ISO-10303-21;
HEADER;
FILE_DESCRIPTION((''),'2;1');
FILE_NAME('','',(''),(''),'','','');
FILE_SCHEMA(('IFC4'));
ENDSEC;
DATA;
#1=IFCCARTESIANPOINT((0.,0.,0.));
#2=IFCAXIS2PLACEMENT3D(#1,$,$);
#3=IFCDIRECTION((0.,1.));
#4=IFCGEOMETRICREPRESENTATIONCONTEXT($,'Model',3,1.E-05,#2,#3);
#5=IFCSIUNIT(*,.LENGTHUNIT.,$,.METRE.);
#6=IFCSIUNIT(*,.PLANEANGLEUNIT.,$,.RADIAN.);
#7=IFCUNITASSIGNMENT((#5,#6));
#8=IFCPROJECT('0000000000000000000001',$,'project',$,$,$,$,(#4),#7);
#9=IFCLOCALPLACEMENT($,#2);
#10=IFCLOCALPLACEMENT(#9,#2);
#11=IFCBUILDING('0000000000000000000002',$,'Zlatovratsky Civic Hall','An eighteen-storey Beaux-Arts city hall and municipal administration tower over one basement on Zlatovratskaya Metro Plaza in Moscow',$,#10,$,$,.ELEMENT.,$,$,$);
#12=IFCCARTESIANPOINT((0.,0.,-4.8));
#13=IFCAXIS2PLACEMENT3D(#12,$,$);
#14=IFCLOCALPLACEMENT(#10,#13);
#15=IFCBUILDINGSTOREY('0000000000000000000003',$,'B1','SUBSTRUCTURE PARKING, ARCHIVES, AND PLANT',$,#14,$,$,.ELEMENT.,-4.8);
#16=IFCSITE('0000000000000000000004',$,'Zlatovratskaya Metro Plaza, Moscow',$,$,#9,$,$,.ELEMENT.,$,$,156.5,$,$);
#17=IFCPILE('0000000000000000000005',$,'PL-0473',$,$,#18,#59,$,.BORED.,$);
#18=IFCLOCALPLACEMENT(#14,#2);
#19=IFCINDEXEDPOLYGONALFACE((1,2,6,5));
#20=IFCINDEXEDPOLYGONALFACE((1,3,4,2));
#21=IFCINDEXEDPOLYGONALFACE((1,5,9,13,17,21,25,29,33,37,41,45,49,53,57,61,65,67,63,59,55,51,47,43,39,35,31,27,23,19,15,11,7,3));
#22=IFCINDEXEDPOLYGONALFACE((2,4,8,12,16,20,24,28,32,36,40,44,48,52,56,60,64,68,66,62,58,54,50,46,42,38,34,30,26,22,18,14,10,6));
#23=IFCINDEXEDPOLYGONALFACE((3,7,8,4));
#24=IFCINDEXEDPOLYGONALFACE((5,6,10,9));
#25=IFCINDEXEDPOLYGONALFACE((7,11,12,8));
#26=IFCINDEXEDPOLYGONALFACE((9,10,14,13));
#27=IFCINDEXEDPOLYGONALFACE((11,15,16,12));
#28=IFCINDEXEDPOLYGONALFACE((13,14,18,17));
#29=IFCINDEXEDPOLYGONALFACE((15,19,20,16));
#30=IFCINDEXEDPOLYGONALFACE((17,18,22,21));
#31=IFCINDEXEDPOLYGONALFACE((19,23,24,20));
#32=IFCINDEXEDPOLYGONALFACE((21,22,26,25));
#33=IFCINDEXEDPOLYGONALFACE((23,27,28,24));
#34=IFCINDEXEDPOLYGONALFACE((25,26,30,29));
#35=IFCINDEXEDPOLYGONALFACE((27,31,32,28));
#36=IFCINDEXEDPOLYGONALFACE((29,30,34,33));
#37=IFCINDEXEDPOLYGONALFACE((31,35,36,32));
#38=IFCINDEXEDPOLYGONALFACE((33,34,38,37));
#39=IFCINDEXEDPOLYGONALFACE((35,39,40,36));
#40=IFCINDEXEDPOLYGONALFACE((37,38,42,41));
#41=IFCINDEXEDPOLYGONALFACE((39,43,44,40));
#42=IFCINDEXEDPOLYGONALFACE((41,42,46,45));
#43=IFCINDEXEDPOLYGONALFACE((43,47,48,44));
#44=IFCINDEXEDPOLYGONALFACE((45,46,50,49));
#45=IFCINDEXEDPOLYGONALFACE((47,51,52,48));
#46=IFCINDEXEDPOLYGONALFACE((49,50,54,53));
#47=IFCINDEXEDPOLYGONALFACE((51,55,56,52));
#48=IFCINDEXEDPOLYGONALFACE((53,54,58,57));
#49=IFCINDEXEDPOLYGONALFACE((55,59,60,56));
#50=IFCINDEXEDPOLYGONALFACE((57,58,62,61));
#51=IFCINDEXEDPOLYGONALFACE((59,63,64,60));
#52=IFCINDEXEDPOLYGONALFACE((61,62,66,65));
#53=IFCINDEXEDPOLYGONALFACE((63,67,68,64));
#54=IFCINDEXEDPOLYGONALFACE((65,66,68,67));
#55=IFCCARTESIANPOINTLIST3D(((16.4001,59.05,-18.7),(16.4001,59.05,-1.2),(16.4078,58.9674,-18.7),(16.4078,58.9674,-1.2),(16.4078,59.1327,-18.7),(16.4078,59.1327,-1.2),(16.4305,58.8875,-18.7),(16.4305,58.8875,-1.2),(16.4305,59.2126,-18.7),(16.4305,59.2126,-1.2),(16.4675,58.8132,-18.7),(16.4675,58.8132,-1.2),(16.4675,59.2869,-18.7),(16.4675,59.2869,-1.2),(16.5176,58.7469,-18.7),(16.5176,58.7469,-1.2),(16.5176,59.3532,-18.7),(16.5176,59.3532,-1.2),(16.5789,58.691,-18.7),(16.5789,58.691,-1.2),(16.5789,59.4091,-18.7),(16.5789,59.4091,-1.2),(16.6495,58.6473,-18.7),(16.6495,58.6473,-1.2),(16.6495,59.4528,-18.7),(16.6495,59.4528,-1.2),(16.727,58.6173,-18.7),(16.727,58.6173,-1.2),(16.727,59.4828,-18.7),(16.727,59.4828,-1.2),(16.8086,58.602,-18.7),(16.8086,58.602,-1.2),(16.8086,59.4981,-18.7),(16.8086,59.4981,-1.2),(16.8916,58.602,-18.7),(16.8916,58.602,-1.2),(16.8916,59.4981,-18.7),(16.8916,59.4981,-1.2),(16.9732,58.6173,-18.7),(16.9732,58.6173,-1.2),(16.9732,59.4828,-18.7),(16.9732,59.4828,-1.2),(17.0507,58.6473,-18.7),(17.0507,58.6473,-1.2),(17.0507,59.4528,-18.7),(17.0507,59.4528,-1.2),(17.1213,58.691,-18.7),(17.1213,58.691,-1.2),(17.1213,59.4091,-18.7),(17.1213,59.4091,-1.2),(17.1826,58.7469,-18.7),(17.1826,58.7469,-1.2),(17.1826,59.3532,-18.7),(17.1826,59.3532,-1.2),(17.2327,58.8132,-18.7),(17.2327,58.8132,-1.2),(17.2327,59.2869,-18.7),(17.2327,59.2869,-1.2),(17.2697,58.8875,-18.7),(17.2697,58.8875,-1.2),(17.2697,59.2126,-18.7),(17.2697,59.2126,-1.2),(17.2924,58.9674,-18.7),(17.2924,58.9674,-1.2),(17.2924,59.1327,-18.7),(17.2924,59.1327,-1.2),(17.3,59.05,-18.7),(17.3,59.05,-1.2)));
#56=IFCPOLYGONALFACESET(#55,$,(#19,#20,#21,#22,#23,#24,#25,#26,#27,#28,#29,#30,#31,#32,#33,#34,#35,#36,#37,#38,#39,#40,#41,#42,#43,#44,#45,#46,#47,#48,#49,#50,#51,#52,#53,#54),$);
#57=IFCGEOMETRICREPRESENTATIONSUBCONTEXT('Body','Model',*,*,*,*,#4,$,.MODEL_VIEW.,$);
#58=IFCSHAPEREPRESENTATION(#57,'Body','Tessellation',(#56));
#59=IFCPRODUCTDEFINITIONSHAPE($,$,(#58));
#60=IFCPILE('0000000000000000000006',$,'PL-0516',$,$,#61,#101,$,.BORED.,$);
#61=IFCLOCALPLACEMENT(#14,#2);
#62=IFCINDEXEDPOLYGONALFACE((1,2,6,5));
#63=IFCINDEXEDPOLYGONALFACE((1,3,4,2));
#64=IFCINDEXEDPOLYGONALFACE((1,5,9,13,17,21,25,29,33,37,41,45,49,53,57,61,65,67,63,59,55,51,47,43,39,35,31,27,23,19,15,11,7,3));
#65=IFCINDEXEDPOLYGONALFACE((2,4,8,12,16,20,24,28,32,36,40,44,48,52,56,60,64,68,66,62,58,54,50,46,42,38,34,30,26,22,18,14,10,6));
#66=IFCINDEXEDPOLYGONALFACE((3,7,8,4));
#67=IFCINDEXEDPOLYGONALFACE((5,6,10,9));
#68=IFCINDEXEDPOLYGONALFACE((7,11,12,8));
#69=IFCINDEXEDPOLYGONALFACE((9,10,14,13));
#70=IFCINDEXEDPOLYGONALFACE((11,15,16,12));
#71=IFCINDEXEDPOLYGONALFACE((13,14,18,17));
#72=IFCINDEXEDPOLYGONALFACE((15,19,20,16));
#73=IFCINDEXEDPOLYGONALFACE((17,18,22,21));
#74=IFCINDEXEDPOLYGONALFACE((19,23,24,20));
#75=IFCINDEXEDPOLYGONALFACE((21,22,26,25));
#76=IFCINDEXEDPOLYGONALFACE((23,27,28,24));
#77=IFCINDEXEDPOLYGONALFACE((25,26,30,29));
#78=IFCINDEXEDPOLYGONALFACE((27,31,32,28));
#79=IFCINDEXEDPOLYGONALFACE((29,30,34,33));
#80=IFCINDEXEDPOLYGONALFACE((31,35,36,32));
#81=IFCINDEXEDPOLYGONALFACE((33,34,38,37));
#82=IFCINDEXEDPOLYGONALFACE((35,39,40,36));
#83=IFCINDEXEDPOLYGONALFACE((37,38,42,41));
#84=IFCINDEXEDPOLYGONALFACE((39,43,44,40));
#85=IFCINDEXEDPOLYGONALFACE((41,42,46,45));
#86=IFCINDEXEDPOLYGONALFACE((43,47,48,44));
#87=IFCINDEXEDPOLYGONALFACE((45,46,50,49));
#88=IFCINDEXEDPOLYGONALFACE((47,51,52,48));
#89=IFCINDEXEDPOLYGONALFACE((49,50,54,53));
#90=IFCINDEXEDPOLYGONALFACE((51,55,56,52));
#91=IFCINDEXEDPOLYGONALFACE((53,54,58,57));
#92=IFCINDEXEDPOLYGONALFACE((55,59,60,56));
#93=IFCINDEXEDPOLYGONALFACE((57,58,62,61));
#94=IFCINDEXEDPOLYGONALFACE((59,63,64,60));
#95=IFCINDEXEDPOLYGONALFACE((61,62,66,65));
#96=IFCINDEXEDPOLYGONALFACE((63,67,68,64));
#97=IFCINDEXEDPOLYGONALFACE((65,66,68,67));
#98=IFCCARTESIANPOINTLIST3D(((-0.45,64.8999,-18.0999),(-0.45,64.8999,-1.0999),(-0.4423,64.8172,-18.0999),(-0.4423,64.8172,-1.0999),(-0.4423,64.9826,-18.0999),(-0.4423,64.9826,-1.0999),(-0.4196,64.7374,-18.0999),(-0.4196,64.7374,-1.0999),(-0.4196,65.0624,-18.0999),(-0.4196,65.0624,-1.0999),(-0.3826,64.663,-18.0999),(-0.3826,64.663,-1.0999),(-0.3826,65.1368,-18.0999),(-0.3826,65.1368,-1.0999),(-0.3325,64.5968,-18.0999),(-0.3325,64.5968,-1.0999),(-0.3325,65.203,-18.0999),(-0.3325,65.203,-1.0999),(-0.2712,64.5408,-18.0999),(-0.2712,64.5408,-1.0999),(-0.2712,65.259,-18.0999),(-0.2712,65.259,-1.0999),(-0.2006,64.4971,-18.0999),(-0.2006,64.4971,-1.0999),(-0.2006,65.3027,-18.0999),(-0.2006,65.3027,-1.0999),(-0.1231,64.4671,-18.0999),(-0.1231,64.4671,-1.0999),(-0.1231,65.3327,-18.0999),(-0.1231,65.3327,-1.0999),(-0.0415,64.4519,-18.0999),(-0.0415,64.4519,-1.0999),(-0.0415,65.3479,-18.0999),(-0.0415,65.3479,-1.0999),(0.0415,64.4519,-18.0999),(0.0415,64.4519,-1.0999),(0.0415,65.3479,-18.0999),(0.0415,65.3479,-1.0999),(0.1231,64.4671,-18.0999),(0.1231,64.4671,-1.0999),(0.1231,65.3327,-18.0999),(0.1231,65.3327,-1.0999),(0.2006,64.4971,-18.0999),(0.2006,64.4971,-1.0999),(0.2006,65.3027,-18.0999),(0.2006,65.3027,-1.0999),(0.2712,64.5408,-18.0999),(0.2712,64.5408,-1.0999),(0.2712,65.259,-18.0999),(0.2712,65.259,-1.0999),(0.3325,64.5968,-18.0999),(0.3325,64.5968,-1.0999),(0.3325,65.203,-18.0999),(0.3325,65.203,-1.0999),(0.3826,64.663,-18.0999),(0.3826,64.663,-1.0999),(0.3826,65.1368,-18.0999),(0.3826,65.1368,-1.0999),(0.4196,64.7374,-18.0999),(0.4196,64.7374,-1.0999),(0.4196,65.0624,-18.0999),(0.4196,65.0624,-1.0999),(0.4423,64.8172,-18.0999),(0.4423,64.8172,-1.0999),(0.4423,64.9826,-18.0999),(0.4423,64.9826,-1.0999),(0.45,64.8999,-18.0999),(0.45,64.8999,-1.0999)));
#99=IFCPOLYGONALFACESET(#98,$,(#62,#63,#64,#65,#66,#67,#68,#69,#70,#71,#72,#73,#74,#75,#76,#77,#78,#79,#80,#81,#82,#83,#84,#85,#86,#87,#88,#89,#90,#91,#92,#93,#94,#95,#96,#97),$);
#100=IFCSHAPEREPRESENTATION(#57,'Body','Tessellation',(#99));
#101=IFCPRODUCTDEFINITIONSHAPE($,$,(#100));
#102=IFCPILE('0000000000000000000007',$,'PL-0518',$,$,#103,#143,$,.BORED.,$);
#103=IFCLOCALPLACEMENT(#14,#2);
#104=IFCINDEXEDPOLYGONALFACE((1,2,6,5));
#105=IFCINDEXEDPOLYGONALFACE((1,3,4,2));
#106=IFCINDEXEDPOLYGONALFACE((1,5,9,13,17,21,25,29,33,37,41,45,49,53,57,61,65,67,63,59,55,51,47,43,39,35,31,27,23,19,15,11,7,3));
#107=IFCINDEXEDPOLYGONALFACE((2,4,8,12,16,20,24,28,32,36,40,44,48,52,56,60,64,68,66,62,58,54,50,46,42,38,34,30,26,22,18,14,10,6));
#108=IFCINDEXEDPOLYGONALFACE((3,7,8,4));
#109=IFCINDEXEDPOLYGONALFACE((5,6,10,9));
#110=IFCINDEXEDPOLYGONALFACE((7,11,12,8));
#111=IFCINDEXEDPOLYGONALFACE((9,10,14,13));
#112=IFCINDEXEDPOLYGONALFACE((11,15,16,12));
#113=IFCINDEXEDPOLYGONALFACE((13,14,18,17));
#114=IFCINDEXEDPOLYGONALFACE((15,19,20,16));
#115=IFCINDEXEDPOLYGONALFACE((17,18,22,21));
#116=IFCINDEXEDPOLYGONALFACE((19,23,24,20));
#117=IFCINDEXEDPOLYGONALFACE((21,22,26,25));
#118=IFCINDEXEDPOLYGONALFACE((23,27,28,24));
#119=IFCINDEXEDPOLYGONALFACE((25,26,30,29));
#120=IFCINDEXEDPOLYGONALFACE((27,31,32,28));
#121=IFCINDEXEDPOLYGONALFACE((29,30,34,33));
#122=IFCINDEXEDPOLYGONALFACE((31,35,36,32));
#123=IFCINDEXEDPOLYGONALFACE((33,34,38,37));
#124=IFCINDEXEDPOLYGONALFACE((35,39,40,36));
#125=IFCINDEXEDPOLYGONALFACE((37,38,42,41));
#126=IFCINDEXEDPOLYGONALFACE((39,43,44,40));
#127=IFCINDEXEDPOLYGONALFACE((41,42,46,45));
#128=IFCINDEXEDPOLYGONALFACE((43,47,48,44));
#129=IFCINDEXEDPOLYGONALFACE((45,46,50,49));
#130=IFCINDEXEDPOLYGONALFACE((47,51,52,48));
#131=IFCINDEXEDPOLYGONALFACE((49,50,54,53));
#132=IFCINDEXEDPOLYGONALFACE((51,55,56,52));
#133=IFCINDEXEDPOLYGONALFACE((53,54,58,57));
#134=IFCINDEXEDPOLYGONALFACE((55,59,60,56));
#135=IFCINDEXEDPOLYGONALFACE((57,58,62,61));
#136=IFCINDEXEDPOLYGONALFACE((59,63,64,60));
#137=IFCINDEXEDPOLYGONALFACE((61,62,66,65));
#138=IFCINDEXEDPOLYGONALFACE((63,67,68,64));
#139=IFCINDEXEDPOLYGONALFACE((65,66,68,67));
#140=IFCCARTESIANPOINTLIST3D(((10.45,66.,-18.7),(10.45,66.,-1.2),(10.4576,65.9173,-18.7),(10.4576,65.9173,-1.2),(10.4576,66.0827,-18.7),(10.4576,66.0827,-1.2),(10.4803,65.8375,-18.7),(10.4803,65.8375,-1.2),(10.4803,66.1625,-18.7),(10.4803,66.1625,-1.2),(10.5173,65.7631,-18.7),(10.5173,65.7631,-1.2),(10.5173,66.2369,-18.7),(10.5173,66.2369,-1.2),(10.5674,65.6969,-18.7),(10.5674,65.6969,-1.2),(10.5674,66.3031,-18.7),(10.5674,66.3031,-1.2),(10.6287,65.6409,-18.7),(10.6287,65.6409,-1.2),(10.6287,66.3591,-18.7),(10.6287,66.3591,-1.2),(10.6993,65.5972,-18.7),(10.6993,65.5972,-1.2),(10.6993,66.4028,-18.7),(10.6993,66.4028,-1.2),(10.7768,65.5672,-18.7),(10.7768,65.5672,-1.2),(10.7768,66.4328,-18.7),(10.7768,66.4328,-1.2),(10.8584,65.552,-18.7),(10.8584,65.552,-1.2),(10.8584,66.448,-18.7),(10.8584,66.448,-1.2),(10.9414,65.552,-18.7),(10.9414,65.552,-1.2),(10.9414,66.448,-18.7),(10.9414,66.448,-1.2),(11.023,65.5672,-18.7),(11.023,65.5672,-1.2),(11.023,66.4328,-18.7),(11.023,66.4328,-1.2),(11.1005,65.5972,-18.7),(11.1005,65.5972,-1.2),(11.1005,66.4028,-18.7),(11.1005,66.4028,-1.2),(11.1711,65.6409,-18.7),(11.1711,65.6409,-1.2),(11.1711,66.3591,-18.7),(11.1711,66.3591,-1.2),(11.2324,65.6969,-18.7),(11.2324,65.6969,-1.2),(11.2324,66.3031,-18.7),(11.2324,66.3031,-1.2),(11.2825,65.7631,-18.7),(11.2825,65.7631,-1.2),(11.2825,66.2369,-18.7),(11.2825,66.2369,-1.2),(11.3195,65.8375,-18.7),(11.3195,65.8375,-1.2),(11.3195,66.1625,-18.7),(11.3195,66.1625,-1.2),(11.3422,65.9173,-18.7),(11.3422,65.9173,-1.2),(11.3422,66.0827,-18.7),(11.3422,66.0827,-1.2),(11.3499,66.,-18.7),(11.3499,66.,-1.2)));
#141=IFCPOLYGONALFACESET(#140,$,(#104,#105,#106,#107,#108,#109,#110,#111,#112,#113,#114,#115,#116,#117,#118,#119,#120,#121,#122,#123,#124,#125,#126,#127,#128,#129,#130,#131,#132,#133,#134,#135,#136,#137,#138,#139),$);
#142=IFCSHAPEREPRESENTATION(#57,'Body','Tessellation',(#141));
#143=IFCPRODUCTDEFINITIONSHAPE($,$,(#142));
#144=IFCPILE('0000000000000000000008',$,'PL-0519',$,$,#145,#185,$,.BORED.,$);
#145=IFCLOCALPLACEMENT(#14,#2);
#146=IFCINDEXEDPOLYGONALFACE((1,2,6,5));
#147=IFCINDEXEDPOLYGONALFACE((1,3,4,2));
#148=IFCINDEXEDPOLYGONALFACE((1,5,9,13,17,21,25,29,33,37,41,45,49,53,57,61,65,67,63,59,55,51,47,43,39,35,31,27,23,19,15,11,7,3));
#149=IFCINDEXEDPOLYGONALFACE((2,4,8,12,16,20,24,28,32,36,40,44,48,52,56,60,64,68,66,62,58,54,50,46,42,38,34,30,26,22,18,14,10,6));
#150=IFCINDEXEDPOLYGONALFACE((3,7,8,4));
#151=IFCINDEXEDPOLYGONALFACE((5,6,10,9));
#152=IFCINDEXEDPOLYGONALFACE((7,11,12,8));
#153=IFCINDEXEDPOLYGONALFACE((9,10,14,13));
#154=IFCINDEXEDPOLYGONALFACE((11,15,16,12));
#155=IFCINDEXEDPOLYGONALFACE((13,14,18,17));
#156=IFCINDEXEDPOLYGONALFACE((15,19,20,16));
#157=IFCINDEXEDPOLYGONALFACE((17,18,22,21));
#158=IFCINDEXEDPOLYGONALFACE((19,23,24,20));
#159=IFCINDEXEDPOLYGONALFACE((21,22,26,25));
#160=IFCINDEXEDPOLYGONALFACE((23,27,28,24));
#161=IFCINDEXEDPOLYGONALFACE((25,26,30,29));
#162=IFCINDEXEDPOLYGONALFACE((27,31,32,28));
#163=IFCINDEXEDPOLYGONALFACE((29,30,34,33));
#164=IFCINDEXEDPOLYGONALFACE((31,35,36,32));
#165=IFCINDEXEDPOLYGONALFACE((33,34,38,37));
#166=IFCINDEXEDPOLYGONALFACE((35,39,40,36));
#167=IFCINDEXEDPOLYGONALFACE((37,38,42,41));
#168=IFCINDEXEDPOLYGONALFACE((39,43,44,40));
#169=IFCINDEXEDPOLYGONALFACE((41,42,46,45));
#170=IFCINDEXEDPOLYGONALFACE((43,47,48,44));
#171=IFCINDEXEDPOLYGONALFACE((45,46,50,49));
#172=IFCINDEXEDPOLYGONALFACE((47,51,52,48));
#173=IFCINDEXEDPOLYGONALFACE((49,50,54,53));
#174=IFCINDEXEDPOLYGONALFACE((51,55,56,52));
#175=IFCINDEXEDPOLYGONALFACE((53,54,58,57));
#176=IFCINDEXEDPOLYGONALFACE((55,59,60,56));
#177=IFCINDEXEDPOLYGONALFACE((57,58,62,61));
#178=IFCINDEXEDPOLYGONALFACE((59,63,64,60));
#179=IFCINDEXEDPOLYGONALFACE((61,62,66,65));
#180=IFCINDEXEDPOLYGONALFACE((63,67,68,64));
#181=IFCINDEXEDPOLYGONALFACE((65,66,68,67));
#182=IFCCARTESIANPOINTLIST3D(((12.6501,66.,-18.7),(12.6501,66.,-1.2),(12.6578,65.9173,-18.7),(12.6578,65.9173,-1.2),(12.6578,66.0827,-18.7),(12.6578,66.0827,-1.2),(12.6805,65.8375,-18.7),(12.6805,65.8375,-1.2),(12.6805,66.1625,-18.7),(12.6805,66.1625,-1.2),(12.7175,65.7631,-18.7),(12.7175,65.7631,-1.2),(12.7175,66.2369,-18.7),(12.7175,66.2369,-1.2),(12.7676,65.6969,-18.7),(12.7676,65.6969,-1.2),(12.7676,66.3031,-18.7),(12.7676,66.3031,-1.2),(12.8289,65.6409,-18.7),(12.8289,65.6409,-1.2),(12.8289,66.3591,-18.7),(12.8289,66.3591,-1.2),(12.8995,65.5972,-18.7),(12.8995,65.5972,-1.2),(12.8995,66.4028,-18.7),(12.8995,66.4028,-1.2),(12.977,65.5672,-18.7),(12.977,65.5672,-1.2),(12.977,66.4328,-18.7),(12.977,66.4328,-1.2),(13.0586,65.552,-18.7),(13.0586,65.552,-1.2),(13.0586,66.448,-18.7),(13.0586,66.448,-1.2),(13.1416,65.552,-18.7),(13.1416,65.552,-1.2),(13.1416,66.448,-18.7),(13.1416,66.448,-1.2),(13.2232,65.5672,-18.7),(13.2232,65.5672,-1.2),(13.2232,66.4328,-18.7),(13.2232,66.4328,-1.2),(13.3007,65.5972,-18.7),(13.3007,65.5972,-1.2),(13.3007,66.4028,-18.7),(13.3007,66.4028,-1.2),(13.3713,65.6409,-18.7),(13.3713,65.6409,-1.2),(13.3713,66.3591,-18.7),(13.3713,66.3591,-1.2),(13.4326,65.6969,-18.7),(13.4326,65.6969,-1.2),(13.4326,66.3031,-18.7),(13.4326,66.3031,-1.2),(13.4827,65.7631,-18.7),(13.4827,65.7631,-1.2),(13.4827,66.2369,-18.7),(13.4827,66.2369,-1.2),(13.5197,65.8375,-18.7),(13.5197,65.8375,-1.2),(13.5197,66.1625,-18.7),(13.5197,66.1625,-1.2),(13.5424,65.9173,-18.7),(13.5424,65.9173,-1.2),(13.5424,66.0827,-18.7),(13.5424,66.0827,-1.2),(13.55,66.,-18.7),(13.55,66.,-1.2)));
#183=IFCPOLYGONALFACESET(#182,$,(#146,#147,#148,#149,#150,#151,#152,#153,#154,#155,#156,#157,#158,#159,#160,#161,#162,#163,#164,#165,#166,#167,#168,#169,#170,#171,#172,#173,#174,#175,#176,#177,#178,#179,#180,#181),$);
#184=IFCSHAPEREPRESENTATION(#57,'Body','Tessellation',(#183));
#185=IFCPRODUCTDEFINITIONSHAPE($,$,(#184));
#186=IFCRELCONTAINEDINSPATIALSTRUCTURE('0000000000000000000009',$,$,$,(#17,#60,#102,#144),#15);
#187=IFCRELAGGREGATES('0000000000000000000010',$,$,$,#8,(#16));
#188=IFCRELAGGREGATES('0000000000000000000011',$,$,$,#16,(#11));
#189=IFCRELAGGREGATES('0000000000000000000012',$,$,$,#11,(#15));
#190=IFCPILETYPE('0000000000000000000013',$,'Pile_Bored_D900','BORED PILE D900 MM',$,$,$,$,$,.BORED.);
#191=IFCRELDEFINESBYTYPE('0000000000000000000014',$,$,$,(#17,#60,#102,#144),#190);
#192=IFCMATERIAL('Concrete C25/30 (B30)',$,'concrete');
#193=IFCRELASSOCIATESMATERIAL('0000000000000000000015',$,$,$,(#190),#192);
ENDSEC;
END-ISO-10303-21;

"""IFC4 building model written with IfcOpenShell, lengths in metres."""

from ifc_helpers import new_model, si_unit, direction, frame, origin, origin_2d, place, context, subcontext, project, spatial, circle, extrude, material, material_profile, profile_set, type_object, element, save


model = new_model("IFC4")

# Units and contexts
model_context = context("Model", 3, precision=1e-05, world=origin(), true_north=direction((0.0, 1.0)))
body_context = subcontext(model_context, "Body", "Model", "MODEL_VIEW")
ifc_project = project(units=[si_unit("LENGTHUNIT", "METRE"), si_unit("PLANEANGLEUNIT", "RADIAN")], contexts=[model_context])

# Site, building, storey
site_placement = place(None, origin())
site = spatial("IfcSite", under=ifc_project, at=site_placement, Name="Zlatovratskaya Metro Plaza, Moscow", CompositionType="ELEMENT", RefElevation=156.5)
building_placement = place(site_placement, origin())
building = spatial("IfcBuilding", under=site, at=building_placement, Name="Zlatovratsky Civic Hall", Description="An eighteen-storey Beaux-Arts city hall and municipal administration tower over one basement on Zlatovratskaya Metro Plaza in Moscow", CompositionType="ELEMENT")
storey_placement = place(building_placement, frame((0.0, 0.0, -4.8)))
storey = spatial("IfcBuildingStorey", under=building, at=storey_placement, Name="B1", Description="SUBSTRUCTURE PARKING, ARCHIVES, AND PLANT", CompositionType="ELEMENT", Elevation=-4.8)

# Shared definitions
ifc_material_1 = material(Name="Concrete C25/30 (B30)", Category="concrete")

# Piles
ifc_material_profile_1 = material_profile(ifc_material_1, circle(Radius=0.45, at=origin_2d()), Name="PILE D900")
ifc_profile_set_1 = profile_set([ifc_material_profile_1], Name="Concrete C25/30 (B30)")
pile_type_1 = type_object("IfcPileType", Name="Pile_Bored_D900", Description="BORED PILE D900 MM", PredefinedType="BORED", material=ifc_profile_set_1)
pile_1_placement = place(storey_placement, frame((16.8501, 59.05, -1.2), z_axis=(0.0, 0.0, -1.0), x_axis=(1.0, 0.0, 0.0)))
element("IfcPile", 1, at=pile_1_placement, inside=storey, type_object=pile_type_1, Name="PL-0473", PredefinedType="BORED", context=body_context, shape_type="SweptSolid", body=[
    extrude(circle(Radius=0.45, at=origin_2d()), origin(), (0.0, 0.0, 1.0), 17.5),
])
pile_2_placement = place(storey_placement, frame((0.0, 64.8999, -1.0999), z_axis=(0.0, 0.0, -1.0), x_axis=(1.0, 0.0, 0.0)))
element("IfcPile", 2, at=pile_2_placement, inside=storey, type_object=pile_type_1, Name="PL-0516", PredefinedType="BORED", context=body_context, shape_type="SweptSolid", body=[
    extrude(circle(Radius=0.45, at=origin_2d()), origin(), (0.0, 0.0, 1.0), 17.0),
])
for number, where, z_axis, x_axis, name in (
    (3, (10.8999, 66.0, -1.2), (0.0, 0.0, -1.0), (1.0, 0.0, 0.0), "PL-0518"),
    (4, (13.1001, 66.0, -1.2), (0.0, 0.0, -1.0), (1.0, 0.0, 0.0), "PL-0519"),
):
    element("IfcPile", number, at=place(storey_placement, frame(where, z_axis=z_axis, x_axis=x_axis)), inside=storey, type_object=pile_type_1, Name=name, PredefinedType="BORED", context=body_context, shape_type="SweptSolid", body=[
        extrude(circle(Radius=0.45, at=origin_2d()), origin(), (0.0, 0.0, 1.0), 17.5),
    ])

save(model, "model.ifc")
